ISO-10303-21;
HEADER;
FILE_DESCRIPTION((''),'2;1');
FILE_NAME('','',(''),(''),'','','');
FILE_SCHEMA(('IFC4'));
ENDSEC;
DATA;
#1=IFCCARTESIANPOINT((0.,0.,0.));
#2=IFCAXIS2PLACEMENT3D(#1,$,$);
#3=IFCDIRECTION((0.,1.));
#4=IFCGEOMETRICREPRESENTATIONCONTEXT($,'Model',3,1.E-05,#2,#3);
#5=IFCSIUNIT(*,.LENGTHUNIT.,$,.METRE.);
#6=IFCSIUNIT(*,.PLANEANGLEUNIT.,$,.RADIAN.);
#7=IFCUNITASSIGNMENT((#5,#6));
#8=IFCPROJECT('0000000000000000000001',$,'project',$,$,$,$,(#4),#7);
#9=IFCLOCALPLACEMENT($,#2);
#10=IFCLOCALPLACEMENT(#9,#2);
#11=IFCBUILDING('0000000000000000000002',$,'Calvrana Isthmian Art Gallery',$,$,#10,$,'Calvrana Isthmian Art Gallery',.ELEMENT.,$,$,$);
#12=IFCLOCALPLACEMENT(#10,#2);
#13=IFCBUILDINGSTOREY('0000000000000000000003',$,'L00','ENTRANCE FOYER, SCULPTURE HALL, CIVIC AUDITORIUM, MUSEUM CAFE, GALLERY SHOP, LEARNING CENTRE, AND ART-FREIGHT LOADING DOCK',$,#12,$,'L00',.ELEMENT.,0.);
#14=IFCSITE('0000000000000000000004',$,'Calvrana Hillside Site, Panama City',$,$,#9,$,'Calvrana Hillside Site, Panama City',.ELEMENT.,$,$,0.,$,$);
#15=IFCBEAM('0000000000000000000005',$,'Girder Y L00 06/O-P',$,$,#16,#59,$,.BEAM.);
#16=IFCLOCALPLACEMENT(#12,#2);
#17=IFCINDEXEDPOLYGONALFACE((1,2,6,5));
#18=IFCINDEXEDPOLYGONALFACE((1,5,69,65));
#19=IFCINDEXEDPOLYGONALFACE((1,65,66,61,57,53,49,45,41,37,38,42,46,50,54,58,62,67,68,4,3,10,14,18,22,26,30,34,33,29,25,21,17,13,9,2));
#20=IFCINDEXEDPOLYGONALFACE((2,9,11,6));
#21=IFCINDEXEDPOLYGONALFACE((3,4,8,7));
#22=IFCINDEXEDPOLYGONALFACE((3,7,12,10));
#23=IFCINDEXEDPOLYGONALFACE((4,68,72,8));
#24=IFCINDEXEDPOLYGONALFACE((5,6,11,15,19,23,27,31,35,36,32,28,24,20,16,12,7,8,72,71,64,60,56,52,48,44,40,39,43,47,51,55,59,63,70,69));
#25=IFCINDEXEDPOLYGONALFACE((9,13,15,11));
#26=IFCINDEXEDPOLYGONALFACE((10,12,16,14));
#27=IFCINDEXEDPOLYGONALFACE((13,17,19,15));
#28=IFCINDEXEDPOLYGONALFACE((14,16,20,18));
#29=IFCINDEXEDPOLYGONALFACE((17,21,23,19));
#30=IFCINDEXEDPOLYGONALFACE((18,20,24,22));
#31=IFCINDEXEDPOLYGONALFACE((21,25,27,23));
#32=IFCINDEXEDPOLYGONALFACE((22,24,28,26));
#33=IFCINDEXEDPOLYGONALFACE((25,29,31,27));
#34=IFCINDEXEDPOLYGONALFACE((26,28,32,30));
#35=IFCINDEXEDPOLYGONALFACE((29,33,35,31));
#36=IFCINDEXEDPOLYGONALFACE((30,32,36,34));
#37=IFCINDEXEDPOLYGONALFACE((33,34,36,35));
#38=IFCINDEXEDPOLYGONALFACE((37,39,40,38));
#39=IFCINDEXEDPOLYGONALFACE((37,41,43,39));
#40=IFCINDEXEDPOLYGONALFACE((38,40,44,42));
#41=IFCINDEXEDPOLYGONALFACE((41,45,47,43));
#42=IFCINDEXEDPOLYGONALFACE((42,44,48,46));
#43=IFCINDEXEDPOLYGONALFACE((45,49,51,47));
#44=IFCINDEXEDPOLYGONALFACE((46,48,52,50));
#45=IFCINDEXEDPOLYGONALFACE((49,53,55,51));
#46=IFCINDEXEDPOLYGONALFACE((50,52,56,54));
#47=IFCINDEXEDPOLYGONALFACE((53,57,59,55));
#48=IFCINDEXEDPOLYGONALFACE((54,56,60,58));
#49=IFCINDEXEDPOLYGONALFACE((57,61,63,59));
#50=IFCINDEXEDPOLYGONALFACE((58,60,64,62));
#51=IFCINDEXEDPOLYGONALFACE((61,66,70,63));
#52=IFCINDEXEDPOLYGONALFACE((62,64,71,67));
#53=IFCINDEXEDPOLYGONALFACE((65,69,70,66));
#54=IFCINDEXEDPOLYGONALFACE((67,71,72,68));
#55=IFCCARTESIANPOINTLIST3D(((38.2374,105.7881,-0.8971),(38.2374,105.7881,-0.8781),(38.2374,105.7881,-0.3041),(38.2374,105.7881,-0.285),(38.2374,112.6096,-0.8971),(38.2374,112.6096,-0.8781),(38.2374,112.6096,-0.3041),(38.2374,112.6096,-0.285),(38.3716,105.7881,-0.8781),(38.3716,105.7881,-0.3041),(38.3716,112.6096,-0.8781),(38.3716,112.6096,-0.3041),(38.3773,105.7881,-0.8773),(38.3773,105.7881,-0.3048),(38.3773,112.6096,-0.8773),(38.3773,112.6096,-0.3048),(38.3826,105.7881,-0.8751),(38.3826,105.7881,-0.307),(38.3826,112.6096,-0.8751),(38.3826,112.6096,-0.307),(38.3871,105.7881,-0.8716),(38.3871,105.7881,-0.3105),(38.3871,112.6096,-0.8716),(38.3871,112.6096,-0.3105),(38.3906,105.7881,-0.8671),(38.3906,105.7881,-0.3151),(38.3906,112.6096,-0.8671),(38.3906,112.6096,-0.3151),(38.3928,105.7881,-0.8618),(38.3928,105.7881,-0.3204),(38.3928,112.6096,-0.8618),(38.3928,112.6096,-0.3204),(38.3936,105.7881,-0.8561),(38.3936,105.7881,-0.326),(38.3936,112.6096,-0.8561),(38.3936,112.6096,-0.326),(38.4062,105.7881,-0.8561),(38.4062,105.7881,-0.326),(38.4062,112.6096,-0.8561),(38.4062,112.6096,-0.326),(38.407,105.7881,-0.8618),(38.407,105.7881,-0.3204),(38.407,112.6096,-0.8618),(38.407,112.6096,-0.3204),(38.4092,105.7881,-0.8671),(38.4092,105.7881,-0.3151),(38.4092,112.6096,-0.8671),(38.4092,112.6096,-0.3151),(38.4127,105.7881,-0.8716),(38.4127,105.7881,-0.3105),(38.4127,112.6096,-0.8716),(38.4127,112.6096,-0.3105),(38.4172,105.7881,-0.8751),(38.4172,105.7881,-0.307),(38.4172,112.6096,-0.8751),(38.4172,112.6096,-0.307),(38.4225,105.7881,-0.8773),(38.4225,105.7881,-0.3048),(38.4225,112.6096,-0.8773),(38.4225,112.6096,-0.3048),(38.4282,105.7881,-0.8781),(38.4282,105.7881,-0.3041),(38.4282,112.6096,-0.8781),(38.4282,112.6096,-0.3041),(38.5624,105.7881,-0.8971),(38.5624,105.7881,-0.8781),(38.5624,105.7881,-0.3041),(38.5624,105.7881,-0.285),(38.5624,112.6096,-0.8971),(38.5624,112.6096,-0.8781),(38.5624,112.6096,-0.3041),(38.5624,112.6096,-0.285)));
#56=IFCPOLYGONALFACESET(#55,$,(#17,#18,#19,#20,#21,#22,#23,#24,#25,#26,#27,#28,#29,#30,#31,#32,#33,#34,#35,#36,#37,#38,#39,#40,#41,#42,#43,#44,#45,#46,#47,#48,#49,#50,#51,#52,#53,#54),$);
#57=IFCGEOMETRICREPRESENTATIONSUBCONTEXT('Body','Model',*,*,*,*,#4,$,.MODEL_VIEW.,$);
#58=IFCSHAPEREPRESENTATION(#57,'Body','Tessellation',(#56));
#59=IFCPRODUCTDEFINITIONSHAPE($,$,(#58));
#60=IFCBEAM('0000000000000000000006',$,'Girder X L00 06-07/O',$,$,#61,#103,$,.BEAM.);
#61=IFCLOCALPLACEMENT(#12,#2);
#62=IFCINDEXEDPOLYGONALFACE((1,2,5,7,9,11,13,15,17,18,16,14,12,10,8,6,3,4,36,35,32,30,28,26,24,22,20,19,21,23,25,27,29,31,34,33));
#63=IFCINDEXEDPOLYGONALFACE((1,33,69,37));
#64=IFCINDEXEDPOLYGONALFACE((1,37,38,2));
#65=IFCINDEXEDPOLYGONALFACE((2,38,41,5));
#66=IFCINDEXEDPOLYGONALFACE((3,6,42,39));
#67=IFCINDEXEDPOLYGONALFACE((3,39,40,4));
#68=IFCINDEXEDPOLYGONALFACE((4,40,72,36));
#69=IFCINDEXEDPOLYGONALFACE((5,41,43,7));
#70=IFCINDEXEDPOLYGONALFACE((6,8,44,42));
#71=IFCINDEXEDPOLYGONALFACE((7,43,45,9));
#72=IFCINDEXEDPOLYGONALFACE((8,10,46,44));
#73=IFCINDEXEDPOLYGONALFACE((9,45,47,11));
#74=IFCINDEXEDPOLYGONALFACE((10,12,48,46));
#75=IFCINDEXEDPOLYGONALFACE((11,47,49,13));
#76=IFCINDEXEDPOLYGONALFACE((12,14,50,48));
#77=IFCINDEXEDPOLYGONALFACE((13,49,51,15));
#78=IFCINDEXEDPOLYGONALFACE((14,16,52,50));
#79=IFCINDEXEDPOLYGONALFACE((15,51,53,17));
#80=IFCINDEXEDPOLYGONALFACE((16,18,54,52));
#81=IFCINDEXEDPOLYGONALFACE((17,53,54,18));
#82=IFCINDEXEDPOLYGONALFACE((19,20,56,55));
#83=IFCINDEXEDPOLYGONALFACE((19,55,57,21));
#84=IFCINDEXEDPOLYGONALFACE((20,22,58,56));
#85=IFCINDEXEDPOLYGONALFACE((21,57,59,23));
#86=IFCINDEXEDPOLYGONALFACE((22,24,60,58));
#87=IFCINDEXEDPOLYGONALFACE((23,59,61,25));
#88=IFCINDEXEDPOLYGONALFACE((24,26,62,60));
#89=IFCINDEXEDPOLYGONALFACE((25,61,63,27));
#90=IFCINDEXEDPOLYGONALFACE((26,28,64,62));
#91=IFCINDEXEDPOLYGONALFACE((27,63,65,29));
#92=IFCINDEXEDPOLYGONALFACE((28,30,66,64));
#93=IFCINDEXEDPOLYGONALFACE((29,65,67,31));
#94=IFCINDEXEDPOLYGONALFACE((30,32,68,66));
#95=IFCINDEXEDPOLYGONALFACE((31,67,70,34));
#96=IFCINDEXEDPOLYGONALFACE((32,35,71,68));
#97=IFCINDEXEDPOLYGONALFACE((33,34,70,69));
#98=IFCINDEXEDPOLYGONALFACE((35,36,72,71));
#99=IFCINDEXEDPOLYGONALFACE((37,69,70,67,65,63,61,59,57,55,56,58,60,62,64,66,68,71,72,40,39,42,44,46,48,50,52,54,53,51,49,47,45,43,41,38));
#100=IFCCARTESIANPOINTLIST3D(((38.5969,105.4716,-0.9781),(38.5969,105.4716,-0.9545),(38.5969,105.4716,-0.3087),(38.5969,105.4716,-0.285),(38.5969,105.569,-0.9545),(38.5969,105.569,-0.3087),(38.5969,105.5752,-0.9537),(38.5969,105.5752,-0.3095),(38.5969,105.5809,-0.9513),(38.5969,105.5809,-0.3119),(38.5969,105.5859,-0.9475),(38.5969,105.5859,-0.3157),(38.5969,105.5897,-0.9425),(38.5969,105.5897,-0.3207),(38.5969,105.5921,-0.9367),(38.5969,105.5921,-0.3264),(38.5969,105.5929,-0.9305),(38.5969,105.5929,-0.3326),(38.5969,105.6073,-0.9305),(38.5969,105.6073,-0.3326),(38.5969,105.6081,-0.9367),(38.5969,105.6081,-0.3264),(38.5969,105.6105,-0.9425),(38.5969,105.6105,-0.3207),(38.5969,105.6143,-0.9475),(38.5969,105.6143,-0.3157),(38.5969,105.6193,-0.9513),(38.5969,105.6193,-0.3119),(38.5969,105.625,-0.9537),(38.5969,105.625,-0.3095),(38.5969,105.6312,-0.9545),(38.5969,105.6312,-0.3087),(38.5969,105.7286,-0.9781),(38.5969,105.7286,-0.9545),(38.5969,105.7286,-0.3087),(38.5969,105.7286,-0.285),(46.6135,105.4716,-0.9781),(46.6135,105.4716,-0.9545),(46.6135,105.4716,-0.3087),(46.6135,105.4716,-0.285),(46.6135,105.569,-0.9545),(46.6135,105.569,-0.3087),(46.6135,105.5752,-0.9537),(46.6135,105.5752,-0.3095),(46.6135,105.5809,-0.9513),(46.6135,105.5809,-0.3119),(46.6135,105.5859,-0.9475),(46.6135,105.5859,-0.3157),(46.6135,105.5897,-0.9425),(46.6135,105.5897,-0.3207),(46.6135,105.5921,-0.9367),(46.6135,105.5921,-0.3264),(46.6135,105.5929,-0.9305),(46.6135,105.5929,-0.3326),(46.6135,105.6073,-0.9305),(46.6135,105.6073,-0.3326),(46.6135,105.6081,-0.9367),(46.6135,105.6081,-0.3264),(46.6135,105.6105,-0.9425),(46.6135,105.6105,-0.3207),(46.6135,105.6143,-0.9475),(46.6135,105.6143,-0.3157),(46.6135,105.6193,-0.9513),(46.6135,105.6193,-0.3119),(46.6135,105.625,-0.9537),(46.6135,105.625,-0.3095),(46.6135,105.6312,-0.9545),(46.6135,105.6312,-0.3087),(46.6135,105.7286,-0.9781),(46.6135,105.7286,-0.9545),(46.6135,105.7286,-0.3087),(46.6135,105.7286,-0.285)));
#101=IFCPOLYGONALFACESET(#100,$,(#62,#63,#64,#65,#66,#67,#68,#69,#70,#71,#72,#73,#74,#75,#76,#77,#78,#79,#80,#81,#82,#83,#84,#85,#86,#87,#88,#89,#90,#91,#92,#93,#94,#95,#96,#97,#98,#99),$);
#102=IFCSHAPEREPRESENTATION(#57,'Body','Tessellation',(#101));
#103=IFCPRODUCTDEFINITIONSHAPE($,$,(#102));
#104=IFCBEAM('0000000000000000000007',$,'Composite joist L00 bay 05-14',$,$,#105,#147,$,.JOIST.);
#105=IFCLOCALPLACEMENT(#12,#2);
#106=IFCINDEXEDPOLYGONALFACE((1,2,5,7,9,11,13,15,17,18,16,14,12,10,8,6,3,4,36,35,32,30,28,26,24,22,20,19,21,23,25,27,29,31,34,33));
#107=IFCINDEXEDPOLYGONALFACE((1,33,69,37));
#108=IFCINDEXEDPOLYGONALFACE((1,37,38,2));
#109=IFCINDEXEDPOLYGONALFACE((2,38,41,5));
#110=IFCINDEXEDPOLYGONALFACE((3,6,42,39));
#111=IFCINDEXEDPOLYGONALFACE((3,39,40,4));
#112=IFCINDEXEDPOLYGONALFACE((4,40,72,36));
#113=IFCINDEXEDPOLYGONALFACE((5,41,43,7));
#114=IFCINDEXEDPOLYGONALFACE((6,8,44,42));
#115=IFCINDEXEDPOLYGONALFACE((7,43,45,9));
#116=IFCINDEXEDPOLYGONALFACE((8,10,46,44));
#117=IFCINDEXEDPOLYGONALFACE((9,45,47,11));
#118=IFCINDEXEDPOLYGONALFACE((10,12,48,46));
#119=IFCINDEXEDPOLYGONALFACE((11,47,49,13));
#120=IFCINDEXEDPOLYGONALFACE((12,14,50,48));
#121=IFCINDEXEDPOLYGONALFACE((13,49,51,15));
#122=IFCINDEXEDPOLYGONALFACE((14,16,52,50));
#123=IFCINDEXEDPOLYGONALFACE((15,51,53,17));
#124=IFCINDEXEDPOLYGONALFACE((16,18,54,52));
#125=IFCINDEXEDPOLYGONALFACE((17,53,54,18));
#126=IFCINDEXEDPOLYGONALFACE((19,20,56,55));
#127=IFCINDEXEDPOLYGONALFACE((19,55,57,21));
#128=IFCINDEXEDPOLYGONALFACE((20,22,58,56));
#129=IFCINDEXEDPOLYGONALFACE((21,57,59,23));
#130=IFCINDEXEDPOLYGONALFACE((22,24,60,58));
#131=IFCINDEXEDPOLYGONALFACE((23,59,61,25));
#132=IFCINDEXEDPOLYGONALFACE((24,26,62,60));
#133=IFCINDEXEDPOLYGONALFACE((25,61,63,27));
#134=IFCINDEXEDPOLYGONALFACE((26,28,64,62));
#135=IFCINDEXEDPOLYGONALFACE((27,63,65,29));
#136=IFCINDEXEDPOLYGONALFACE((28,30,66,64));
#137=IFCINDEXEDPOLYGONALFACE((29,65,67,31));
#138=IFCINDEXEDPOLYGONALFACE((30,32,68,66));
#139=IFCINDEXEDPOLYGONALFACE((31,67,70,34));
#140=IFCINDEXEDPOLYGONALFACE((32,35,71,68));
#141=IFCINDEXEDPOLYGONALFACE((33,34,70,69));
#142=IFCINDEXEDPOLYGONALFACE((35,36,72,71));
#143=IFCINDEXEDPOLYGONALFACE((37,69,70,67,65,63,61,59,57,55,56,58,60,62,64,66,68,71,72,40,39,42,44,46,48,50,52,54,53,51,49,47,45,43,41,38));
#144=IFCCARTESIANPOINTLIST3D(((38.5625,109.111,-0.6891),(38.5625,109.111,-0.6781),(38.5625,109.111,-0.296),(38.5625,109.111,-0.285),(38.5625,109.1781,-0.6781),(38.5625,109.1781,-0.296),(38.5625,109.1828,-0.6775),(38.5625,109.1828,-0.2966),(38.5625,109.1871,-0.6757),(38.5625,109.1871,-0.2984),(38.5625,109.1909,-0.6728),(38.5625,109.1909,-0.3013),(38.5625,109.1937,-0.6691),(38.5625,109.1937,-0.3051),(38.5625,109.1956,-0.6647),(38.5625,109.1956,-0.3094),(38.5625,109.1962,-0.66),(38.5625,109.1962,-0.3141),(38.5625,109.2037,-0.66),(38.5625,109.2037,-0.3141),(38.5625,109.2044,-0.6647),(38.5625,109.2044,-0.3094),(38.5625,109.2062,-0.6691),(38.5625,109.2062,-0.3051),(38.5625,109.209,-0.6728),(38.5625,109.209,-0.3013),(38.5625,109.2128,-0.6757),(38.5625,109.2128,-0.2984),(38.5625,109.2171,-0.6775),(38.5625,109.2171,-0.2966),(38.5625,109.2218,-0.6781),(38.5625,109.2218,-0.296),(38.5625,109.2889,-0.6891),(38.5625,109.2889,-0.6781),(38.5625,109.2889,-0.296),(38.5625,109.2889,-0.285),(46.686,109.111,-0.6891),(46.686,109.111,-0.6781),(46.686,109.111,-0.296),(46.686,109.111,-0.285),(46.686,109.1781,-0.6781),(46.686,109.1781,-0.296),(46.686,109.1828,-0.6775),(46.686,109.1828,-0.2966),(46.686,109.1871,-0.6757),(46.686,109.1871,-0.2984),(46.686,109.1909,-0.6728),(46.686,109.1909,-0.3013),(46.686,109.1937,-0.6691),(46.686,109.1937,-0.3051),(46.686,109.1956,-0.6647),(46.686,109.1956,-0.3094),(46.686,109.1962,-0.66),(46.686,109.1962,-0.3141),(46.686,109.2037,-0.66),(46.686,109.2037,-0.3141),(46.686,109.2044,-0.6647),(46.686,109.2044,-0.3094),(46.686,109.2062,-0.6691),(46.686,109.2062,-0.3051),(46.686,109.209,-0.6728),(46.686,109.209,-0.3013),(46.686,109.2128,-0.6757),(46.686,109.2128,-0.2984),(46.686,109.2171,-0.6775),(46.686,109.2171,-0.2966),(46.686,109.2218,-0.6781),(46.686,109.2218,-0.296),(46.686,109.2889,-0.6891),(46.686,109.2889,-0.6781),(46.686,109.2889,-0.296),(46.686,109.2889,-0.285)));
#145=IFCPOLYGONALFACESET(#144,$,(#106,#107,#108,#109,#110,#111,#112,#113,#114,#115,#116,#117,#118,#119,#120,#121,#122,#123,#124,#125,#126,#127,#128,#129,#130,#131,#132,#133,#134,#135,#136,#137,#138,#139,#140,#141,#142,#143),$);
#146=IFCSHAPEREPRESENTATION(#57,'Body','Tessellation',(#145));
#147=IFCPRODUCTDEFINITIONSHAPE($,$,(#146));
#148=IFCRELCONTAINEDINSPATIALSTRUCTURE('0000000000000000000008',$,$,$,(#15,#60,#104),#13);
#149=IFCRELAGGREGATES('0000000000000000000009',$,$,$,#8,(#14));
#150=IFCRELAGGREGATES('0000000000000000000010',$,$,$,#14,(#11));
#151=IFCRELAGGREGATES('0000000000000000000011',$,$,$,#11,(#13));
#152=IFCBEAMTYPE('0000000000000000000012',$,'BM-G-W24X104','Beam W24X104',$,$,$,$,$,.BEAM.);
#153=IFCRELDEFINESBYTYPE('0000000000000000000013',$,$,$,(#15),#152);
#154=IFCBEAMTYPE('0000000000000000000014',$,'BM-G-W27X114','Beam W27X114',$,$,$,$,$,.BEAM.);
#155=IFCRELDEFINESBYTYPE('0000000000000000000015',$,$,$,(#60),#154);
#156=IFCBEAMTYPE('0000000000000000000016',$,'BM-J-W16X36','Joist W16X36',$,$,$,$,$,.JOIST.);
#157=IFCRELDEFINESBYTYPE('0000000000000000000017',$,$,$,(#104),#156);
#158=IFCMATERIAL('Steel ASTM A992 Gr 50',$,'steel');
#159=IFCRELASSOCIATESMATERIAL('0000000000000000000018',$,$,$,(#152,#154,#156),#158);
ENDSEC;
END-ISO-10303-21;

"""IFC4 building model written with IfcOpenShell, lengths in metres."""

from ifc_helpers import new_model, si_unit, direction, frame, origin, origin_2d, place, context, subcontext, project, spatial, i_section, extrude, material, material_profile, profile_set, type_object, element, save


model = new_model("IFC4")

# Units and contexts
model_context = context("Model", 3, precision=1e-05, world=origin(), true_north=direction((0.0, 1.0)))
body_context = subcontext(model_context, "Body", "Model", "MODEL_VIEW")
ifc_project = project(units=[si_unit("LENGTHUNIT", "METRE"), si_unit("PLANEANGLEUNIT", "RADIAN")], contexts=[model_context])

# Site, building, storey
site_placement = place(None, origin())
site = spatial("IfcSite", under=ifc_project, at=site_placement, Name="Calvrana Hillside Site, Panama City", LongName="Calvrana Hillside Site, Panama City", CompositionType="ELEMENT", RefElevation=0.0)
building_placement = place(site_placement, origin())
building = spatial("IfcBuilding", under=site, at=building_placement, Name="Calvrana Isthmian Art Gallery", LongName="Calvrana Isthmian Art Gallery", CompositionType="ELEMENT")
storey_placement = place(building_placement, origin())
storey = spatial("IfcBuildingStorey", under=building, at=storey_placement, Name="L00", Description="ENTRANCE FOYER, SCULPTURE HALL, CIVIC AUDITORIUM, MUSEUM CAFE, GALLERY SHOP, LEARNING CENTRE, AND ART-FREIGHT LOADING DOCK", LongName="L00", CompositionType="ELEMENT", Elevation=0.0)

# Shared definitions
ifc_material_1 = material(Name="Steel ASTM A992 Gr 50", Category="steel")

# Beams
ifc_material_profile_1 = material_profile(ifc_material_1, i_section(OverallWidth=0.325, OverallDepth=0.6121, WebThickness=0.0127, FlangeThickness=0.019, FilletRadius=0.022, at=origin_2d()), Name="W24X104")
ifc_profile_set_1 = profile_set([ifc_material_profile_1], Name="Steel ASTM A992 Gr 50")
beam_type_1 = type_object("IfcBeamType", Name="BM-G-W24X104", Description="Beam W24X104", PredefinedType="BEAM", material=ifc_profile_set_1)
beam_1_placement = place(storey_placement, frame((38.3999, 105.7881, -0.5911), z_axis=(0.0, 1.0, 0.0), x_axis=(-1.0, 0.0, 0.0)))
element("IfcBeam", 1, at=beam_1_placement, inside=storey, type_object=beam_type_1, Name="Girder Y L00 06/O-P", PredefinedType="BEAM", context=body_context, shape_type="SweptSolid", body=[
    extrude(i_section(OverallWidth=0.325, OverallDepth=0.6121, WebThickness=0.0127, FlangeThickness=0.019, FilletRadius=0.022, at=origin_2d()), origin(), (0.0, 0.0, 1.0), 6.8215),
])
ifc_material_profile_2 = material_profile(ifc_material_1, i_section(OverallWidth=0.2571, OverallDepth=0.6931, WebThickness=0.0144, FlangeThickness=0.0237, FilletRadius=0.0239, at=origin_2d()), Name="W27X114")
ifc_profile_set_2 = profile_set([ifc_material_profile_2], Name="Steel ASTM A992 Gr 50")
beam_type_2 = type_object("IfcBeamType", Name="BM-G-W27X114", Description="Beam W27X114", PredefinedType="BEAM", material=ifc_profile_set_2)
beam_2_placement = place(storey_placement, frame((38.5969, 105.6001, -0.6316), z_axis=(1.0, 0.0, 0.0), x_axis=(0.0, 1.0, 0.0)))
element("IfcBeam", 2, at=beam_2_placement, inside=storey, type_object=beam_type_2, Name="Girder X L00 06-07/O", PredefinedType="BEAM", context=body_context, shape_type="SweptSolid", body=[
    extrude(i_section(OverallWidth=0.2571, OverallDepth=0.6931, WebThickness=0.0144, FlangeThickness=0.0237, FilletRadius=0.0239, at=origin_2d()), origin(), (0.0, 0.0, 1.0), 8.0166),
])
ifc_material_profile_3 = material_profile(ifc_material_1, i_section(OverallWidth=0.178, OverallDepth=0.4041, WebThickness=0.0076, FlangeThickness=0.011, FilletRadius=0.0181, at=origin_2d()), Name="W16X36")
ifc_profile_set_3 = profile_set([ifc_material_profile_3], Name="Steel ASTM A992 Gr 50")
beam_type_3 = type_object("IfcBeamType", Name="BM-J-W16X36", Description="Joist W16X36", PredefinedType="JOIST", material=ifc_profile_set_3)
beam_3_placement = place(storey_placement, frame((38.5625, 109.2, -0.4871), z_axis=(1.0, 0.0, 0.0), x_axis=(0.0, 1.0, 0.0)))
element("IfcBeam", 3, at=beam_3_placement, inside=storey, type_object=beam_type_3, Name="Composite joist L00 bay 05-14", PredefinedType="JOIST", context=body_context, shape_type="SweptSolid", body=[
    extrude(i_section(OverallWidth=0.178, OverallDepth=0.4041, WebThickness=0.0076, FlangeThickness=0.011, FilletRadius=0.0181, at=origin_2d()), origin(), (0.0, 0.0, 1.0), 8.1235),
])

save(model, "model.ifc")
